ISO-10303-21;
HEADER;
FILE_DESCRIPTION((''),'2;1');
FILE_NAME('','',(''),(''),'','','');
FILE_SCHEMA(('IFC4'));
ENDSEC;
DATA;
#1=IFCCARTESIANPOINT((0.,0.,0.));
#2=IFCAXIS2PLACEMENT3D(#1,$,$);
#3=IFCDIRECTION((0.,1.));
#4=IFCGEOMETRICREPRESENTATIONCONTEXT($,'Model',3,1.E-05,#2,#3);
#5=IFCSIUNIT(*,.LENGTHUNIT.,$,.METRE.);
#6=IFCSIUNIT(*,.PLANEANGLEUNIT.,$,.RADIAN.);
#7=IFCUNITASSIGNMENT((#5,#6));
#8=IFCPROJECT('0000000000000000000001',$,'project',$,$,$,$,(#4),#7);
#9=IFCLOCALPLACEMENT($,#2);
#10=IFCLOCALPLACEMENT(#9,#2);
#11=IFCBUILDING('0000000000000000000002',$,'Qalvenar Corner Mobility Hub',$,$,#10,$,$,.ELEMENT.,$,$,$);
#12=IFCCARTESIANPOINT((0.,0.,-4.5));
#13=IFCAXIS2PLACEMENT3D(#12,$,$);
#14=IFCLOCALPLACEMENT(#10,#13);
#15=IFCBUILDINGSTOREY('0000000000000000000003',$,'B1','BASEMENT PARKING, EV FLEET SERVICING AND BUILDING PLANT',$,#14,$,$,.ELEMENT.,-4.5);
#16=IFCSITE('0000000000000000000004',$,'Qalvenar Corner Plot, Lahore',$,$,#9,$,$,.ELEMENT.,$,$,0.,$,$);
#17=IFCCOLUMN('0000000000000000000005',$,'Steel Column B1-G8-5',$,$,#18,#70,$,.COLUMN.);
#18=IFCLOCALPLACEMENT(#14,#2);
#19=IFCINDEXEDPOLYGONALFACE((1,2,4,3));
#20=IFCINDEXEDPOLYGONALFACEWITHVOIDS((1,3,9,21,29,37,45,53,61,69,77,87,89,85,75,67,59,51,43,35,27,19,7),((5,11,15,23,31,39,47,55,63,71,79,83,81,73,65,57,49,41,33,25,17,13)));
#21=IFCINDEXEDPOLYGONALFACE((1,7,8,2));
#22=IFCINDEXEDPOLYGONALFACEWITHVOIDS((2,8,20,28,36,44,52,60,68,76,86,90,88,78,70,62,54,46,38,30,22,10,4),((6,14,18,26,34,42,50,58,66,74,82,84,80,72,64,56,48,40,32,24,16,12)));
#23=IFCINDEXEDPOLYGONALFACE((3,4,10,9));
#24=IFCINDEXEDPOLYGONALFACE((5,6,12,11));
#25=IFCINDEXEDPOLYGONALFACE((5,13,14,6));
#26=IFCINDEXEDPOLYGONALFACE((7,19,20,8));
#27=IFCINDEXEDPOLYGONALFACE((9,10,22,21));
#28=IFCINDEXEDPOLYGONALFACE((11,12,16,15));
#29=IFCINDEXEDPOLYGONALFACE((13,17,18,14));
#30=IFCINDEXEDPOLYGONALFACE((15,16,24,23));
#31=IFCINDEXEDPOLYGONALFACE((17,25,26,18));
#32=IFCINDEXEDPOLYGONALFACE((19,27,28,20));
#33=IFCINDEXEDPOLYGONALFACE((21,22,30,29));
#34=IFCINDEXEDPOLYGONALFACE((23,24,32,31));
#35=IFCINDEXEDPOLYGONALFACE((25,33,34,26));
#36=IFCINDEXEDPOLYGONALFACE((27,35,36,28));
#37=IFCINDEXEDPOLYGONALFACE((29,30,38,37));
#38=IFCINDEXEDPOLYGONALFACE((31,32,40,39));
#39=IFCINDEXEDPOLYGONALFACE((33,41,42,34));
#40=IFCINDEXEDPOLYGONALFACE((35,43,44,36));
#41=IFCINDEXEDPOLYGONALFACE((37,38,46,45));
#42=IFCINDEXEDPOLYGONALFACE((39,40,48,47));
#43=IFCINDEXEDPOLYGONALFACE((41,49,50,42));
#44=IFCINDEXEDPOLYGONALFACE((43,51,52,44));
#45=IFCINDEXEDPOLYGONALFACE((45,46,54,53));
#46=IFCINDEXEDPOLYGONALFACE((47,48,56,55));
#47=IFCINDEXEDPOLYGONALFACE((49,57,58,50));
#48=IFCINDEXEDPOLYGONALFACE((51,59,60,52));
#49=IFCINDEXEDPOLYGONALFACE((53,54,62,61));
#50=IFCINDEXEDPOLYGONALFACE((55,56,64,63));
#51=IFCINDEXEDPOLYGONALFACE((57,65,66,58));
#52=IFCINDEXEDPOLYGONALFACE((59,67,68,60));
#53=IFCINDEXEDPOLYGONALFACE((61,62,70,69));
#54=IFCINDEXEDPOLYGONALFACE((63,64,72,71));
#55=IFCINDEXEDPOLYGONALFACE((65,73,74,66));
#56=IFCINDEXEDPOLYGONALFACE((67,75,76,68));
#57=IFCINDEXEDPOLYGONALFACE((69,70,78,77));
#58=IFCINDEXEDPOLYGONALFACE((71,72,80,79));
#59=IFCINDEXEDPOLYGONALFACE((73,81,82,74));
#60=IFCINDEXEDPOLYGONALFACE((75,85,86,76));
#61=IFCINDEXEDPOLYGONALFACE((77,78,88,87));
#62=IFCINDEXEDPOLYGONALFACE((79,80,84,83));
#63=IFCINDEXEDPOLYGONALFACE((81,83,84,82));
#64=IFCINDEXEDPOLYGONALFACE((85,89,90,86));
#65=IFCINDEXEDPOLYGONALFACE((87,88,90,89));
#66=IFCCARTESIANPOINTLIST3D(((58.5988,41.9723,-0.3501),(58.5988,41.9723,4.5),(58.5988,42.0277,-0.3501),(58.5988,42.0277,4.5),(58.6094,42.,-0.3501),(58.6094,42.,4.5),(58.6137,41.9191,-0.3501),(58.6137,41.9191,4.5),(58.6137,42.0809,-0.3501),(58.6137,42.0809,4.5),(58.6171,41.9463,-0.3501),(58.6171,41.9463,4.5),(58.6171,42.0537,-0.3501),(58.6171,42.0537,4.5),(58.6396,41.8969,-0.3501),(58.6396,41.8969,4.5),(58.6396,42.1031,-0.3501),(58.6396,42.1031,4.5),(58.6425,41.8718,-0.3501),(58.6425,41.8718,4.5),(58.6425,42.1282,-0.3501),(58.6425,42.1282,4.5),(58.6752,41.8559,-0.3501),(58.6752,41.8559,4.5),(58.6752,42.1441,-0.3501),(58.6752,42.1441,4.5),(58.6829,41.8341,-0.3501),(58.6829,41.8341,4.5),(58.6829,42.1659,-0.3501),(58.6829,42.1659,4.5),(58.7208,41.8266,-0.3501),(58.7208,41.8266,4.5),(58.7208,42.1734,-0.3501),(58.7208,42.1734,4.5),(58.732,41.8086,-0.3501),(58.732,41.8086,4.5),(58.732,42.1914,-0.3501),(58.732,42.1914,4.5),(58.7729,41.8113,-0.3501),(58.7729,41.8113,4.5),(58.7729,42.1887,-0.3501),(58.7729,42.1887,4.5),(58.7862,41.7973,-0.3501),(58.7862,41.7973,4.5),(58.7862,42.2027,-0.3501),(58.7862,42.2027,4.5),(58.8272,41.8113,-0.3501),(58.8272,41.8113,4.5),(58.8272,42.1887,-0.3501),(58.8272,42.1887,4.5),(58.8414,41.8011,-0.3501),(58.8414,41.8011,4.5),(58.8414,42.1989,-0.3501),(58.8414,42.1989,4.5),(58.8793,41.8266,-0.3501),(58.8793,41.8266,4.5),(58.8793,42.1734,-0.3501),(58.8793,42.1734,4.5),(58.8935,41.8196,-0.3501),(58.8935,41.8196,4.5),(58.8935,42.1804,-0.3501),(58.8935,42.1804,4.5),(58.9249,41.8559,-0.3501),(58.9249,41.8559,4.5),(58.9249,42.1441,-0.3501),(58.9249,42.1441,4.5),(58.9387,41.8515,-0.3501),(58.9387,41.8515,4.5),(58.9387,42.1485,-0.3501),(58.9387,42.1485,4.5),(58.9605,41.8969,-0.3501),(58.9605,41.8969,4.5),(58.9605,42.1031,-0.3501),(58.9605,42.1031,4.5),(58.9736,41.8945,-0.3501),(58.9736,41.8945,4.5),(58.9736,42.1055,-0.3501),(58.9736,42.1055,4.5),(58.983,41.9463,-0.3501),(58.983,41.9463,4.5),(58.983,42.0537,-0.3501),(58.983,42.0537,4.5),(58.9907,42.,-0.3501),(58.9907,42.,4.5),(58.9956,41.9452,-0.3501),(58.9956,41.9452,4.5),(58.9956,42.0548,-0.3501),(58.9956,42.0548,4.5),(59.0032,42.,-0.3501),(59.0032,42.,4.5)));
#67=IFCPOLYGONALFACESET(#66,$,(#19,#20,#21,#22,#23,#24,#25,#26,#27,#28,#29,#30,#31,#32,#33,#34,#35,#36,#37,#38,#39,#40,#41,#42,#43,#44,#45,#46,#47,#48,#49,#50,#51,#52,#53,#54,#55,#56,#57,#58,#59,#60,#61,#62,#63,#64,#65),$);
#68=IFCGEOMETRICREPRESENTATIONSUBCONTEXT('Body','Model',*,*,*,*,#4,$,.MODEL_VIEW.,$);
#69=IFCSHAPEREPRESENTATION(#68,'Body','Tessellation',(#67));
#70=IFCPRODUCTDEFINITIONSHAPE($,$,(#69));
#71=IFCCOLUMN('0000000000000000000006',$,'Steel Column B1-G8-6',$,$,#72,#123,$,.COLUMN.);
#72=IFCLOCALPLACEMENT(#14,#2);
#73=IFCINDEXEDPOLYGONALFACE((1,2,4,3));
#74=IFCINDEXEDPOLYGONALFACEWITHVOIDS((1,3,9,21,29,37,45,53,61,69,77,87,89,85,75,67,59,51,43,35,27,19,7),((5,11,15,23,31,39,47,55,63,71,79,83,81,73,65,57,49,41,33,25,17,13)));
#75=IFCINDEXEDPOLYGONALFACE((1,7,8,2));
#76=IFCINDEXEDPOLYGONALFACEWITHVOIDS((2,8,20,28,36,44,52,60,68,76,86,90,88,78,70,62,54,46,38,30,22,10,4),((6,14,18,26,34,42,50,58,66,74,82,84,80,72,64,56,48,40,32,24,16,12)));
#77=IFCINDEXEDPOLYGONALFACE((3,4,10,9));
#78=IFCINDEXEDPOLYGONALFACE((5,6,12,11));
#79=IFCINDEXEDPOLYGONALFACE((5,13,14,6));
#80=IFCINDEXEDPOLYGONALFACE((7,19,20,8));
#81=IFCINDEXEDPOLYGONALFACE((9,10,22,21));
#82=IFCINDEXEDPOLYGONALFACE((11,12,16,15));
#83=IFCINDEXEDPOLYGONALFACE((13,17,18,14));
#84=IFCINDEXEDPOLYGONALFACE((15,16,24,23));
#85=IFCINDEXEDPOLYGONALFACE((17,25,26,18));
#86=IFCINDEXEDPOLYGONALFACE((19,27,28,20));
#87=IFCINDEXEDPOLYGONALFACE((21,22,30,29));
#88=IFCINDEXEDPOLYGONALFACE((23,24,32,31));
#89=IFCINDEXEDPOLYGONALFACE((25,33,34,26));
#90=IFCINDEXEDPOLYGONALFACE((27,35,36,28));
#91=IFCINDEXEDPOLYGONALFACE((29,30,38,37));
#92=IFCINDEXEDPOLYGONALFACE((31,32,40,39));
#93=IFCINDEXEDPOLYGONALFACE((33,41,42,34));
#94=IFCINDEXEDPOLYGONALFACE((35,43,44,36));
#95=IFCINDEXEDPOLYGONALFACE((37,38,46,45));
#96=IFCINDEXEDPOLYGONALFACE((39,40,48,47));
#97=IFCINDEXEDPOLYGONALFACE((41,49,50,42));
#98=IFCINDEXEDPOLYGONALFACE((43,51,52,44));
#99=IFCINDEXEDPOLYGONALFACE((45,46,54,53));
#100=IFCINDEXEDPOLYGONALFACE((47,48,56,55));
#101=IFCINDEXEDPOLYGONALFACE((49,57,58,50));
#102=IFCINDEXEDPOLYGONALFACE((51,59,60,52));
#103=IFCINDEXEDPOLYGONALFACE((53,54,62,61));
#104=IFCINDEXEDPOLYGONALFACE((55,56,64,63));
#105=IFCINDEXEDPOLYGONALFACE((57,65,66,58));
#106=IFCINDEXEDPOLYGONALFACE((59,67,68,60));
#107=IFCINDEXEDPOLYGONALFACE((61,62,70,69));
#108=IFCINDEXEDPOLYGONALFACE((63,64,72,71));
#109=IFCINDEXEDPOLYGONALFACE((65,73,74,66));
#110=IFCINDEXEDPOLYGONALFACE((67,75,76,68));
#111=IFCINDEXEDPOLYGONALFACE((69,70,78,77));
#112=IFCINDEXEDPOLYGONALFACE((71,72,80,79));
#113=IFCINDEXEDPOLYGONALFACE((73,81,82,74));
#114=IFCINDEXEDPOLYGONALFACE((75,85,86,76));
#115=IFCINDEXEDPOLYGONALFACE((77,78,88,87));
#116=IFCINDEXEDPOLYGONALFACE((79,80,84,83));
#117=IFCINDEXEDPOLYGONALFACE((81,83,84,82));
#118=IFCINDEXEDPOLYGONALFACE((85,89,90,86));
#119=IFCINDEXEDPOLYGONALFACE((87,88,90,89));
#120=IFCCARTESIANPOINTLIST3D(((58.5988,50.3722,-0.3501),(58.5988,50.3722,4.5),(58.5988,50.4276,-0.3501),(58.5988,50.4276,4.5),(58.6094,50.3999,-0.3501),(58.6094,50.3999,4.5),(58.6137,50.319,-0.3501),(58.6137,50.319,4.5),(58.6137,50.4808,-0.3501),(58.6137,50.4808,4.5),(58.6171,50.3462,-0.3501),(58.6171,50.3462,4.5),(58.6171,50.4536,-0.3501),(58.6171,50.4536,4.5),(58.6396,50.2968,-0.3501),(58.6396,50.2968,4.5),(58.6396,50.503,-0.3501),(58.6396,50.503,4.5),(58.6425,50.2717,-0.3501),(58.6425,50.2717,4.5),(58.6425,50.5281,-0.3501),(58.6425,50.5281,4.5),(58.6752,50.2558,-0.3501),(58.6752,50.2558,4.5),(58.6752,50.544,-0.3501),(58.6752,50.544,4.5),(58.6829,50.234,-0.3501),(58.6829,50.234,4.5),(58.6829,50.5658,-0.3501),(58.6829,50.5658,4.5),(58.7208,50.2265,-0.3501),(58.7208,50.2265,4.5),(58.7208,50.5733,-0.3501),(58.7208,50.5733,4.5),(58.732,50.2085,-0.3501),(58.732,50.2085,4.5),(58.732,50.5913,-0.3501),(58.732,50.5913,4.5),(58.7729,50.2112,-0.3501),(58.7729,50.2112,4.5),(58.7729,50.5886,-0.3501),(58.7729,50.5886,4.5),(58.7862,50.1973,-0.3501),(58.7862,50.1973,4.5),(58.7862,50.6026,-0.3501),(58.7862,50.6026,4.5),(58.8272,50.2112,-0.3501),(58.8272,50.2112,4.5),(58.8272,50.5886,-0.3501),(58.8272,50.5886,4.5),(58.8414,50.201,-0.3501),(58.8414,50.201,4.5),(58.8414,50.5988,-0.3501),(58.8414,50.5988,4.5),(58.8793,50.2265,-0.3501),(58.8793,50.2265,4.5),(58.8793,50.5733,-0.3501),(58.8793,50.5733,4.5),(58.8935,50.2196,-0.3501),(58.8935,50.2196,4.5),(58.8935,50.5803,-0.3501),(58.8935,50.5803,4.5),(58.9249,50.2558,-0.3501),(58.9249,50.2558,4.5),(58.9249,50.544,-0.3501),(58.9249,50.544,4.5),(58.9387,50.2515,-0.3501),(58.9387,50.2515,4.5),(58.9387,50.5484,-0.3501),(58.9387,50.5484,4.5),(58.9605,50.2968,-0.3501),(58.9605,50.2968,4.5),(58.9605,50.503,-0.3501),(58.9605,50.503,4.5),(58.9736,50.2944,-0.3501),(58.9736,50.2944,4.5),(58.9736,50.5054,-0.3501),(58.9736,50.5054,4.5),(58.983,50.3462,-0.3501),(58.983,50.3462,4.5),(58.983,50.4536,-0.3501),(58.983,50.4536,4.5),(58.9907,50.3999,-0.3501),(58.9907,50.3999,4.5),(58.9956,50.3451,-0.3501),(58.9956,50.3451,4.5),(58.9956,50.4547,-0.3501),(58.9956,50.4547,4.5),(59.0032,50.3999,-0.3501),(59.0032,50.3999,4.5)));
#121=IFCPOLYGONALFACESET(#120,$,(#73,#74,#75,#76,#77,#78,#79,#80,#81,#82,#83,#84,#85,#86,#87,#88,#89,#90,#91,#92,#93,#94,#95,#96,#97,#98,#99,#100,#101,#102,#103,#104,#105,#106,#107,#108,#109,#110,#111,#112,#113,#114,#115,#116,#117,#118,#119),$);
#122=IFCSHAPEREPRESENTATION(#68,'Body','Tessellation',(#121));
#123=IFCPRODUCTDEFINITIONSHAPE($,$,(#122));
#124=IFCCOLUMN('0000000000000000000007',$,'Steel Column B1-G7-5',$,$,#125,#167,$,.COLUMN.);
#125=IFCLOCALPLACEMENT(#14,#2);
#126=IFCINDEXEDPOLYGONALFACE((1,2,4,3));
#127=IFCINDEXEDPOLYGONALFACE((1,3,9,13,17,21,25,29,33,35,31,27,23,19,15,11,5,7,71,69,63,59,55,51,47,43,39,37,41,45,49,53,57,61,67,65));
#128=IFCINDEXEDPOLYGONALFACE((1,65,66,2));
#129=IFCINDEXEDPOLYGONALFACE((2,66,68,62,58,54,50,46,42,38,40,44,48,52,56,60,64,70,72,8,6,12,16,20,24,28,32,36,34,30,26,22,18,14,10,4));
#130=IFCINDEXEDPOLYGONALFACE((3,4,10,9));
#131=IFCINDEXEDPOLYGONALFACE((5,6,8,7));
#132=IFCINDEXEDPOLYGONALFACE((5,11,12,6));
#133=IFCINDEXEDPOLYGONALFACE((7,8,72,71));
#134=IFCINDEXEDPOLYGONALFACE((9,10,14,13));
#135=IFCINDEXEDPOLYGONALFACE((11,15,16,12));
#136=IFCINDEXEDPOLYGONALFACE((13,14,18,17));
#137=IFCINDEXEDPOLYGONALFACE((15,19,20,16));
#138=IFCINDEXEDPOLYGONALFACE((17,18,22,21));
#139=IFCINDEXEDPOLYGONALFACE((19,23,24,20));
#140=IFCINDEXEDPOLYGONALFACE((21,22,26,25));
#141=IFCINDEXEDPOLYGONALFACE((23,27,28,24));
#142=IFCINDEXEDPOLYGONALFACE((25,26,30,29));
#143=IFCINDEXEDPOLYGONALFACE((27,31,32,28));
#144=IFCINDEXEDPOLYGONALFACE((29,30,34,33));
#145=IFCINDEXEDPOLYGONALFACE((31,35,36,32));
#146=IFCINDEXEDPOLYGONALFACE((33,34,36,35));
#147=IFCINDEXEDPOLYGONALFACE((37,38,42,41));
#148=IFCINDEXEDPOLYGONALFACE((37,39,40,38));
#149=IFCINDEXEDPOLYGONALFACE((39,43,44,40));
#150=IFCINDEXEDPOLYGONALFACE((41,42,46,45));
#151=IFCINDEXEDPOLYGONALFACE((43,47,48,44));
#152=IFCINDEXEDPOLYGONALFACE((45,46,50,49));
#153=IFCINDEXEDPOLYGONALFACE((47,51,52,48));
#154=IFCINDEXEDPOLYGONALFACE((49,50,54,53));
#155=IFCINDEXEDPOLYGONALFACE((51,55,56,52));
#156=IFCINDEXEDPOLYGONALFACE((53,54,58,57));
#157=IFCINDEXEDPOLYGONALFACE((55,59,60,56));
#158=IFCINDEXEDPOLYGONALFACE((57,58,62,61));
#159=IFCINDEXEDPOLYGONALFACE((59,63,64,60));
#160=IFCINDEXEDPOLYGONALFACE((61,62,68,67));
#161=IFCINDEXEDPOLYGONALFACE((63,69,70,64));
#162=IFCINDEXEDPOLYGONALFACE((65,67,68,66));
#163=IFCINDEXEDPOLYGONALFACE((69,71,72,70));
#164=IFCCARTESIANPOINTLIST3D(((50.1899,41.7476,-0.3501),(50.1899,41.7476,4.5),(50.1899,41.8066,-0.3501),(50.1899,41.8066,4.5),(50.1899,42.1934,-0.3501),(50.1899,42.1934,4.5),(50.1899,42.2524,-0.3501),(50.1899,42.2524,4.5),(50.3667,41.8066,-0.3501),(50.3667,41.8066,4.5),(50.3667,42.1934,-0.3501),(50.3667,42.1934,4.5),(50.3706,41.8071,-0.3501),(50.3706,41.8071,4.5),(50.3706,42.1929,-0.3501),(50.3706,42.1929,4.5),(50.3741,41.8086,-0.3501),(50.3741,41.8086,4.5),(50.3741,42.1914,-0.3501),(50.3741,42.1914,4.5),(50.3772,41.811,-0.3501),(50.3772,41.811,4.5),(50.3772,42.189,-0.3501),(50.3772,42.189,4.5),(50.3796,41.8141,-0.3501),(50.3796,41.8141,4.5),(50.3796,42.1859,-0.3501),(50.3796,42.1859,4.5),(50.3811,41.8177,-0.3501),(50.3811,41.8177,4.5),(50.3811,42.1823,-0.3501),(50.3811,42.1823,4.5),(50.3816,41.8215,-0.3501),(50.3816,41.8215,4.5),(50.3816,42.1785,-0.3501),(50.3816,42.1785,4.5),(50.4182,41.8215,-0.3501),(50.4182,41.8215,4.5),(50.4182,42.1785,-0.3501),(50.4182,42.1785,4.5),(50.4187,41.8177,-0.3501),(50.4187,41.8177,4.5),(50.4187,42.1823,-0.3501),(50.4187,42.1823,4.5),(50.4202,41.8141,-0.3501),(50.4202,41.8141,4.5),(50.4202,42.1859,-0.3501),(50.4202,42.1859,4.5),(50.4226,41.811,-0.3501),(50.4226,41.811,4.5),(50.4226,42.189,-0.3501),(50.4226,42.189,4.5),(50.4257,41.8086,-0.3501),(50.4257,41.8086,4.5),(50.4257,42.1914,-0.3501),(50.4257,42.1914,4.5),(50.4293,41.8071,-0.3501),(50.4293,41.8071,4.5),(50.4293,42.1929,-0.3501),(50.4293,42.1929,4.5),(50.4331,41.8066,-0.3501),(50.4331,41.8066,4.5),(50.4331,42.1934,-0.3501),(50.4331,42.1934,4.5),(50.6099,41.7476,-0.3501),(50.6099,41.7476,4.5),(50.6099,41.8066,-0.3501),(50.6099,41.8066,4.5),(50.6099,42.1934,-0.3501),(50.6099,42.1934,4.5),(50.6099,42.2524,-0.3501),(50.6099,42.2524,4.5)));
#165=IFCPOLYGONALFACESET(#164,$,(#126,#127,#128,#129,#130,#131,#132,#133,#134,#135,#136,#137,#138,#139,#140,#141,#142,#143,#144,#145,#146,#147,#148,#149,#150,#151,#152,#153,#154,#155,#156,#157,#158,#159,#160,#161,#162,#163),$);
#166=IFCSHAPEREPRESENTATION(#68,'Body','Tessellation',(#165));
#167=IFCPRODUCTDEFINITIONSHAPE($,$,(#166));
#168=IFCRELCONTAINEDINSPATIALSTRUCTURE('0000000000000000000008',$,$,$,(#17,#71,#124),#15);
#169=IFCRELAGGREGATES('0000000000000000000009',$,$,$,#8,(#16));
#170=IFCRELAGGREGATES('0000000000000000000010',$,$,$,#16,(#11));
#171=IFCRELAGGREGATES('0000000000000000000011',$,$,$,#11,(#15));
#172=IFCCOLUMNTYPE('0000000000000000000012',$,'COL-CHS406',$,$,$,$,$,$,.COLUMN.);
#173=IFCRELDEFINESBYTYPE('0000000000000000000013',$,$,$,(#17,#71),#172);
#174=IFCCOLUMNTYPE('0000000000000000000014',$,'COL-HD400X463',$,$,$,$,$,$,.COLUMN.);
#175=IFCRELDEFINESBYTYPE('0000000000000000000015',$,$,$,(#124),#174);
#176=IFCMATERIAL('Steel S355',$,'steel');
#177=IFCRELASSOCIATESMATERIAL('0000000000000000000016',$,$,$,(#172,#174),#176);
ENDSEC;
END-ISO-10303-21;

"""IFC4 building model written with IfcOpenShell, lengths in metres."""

from ifc_helpers import new_model, si_unit, direction, frame, origin, origin_2d, place, context, subcontext, project, spatial, hollow_circle, i_section, extrude, material, material_profile, profile_set, type_object, element, save


model = new_model("IFC4")

# Units and contexts
model_context = context("Model", 3, precision=1e-05, world=origin(), true_north=direction((0.0, 1.0)))
body_context = subcontext(model_context, "Body", "Model", "MODEL_VIEW")
ifc_project = project(units=[si_unit("LENGTHUNIT", "METRE"), si_unit("PLANEANGLEUNIT", "RADIAN")], contexts=[model_context])

# Site, building, storey
site_placement = place(None, origin())
site = spatial("IfcSite", under=ifc_project, at=site_placement, Name="Qalvenar Corner Plot, Lahore", CompositionType="ELEMENT", RefElevation=0.0)
building_placement = place(site_placement, origin())
building = spatial("IfcBuilding", under=site, at=building_placement, Name="Qalvenar Corner Mobility Hub", CompositionType="ELEMENT")
storey_placement = place(building_placement, frame((0.0, 0.0, -4.5)))
storey = spatial("IfcBuildingStorey", under=building, at=storey_placement, Name="B1", Description="BASEMENT PARKING, EV FLEET SERVICING AND BUILDING PLANT", CompositionType="ELEMENT", Elevation=-4.5)

# Columns
ifc_material_1 = material(Name="Steel S355", Category="steel")
ifc_material_profile_1 = material_profile(ifc_material_1, hollow_circle(Radius=0.2031, WallThickness=0.0125, at=origin_2d()), Name="CHS406.4x12.5")
ifc_profile_set_1 = profile_set([ifc_material_profile_1], Name="Steel S355")
column_type_1 = type_object("IfcColumnType", Name="COL-CHS406", PredefinedType="COLUMN", material=ifc_profile_set_1)
for number, where, z_axis, x_axis, name in (
    (1, (58.8, 42.0, -0.3501), (0.0, 0.0, 1.0), (1.0, 0.0, 0.0), "Steel Column B1-G8-5"),
    (2, (58.8, 50.3999, -0.3501), (0.0, 0.0, 1.0), (1.0, 0.0, 0.0), "Steel Column B1-G8-6"),
):
    element("IfcColumn", number, at=place(storey_placement, frame(where, z_axis=z_axis, x_axis=x_axis)), inside=storey, type_object=column_type_1, Name=name, PredefinedType="COLUMN", context=body_context, shape_type="SweptSolid", body=[
        extrude(hollow_circle(Radius=0.2031, WallThickness=0.0125, at=origin_2d()), origin(), (0.0, 0.0, 1.0), 4.8501),
    ])
ifc_material_profile_2 = material_profile(ifc_material_1, i_section(OverallWidth=0.4199, OverallDepth=0.5049, WebThickness=0.0366, FlangeThickness=0.0591, FilletRadius=0.0149, at=origin_2d()), Name="HD400x551")
ifc_profile_set_2 = profile_set([ifc_material_profile_2], Name="Steel S355")
column_type_2 = type_object("IfcColumnType", Name="COL-HD400X463", PredefinedType="COLUMN", material=ifc_profile_set_2)
column_placement = place(storey_placement, frame((50.3999, 42.0, -0.3501), z_axis=(0.0, 0.0, 1.0), x_axis=(1.0, 0.0, 0.0)))
element("IfcColumn", 3, at=column_placement, inside=storey, type_object=column_type_2, Name="Steel Column B1-G7-5", PredefinedType="COLUMN", context=body_context, shape_type="SweptSolid", body=[
    extrude(i_section(OverallWidth=0.4199, OverallDepth=0.5049, WebThickness=0.0366, FlangeThickness=0.0591, FilletRadius=0.0149, at=origin_2d()), origin(), (0.0, 0.0, 1.0), 4.8501),
])

save(model, "model.ifc")
